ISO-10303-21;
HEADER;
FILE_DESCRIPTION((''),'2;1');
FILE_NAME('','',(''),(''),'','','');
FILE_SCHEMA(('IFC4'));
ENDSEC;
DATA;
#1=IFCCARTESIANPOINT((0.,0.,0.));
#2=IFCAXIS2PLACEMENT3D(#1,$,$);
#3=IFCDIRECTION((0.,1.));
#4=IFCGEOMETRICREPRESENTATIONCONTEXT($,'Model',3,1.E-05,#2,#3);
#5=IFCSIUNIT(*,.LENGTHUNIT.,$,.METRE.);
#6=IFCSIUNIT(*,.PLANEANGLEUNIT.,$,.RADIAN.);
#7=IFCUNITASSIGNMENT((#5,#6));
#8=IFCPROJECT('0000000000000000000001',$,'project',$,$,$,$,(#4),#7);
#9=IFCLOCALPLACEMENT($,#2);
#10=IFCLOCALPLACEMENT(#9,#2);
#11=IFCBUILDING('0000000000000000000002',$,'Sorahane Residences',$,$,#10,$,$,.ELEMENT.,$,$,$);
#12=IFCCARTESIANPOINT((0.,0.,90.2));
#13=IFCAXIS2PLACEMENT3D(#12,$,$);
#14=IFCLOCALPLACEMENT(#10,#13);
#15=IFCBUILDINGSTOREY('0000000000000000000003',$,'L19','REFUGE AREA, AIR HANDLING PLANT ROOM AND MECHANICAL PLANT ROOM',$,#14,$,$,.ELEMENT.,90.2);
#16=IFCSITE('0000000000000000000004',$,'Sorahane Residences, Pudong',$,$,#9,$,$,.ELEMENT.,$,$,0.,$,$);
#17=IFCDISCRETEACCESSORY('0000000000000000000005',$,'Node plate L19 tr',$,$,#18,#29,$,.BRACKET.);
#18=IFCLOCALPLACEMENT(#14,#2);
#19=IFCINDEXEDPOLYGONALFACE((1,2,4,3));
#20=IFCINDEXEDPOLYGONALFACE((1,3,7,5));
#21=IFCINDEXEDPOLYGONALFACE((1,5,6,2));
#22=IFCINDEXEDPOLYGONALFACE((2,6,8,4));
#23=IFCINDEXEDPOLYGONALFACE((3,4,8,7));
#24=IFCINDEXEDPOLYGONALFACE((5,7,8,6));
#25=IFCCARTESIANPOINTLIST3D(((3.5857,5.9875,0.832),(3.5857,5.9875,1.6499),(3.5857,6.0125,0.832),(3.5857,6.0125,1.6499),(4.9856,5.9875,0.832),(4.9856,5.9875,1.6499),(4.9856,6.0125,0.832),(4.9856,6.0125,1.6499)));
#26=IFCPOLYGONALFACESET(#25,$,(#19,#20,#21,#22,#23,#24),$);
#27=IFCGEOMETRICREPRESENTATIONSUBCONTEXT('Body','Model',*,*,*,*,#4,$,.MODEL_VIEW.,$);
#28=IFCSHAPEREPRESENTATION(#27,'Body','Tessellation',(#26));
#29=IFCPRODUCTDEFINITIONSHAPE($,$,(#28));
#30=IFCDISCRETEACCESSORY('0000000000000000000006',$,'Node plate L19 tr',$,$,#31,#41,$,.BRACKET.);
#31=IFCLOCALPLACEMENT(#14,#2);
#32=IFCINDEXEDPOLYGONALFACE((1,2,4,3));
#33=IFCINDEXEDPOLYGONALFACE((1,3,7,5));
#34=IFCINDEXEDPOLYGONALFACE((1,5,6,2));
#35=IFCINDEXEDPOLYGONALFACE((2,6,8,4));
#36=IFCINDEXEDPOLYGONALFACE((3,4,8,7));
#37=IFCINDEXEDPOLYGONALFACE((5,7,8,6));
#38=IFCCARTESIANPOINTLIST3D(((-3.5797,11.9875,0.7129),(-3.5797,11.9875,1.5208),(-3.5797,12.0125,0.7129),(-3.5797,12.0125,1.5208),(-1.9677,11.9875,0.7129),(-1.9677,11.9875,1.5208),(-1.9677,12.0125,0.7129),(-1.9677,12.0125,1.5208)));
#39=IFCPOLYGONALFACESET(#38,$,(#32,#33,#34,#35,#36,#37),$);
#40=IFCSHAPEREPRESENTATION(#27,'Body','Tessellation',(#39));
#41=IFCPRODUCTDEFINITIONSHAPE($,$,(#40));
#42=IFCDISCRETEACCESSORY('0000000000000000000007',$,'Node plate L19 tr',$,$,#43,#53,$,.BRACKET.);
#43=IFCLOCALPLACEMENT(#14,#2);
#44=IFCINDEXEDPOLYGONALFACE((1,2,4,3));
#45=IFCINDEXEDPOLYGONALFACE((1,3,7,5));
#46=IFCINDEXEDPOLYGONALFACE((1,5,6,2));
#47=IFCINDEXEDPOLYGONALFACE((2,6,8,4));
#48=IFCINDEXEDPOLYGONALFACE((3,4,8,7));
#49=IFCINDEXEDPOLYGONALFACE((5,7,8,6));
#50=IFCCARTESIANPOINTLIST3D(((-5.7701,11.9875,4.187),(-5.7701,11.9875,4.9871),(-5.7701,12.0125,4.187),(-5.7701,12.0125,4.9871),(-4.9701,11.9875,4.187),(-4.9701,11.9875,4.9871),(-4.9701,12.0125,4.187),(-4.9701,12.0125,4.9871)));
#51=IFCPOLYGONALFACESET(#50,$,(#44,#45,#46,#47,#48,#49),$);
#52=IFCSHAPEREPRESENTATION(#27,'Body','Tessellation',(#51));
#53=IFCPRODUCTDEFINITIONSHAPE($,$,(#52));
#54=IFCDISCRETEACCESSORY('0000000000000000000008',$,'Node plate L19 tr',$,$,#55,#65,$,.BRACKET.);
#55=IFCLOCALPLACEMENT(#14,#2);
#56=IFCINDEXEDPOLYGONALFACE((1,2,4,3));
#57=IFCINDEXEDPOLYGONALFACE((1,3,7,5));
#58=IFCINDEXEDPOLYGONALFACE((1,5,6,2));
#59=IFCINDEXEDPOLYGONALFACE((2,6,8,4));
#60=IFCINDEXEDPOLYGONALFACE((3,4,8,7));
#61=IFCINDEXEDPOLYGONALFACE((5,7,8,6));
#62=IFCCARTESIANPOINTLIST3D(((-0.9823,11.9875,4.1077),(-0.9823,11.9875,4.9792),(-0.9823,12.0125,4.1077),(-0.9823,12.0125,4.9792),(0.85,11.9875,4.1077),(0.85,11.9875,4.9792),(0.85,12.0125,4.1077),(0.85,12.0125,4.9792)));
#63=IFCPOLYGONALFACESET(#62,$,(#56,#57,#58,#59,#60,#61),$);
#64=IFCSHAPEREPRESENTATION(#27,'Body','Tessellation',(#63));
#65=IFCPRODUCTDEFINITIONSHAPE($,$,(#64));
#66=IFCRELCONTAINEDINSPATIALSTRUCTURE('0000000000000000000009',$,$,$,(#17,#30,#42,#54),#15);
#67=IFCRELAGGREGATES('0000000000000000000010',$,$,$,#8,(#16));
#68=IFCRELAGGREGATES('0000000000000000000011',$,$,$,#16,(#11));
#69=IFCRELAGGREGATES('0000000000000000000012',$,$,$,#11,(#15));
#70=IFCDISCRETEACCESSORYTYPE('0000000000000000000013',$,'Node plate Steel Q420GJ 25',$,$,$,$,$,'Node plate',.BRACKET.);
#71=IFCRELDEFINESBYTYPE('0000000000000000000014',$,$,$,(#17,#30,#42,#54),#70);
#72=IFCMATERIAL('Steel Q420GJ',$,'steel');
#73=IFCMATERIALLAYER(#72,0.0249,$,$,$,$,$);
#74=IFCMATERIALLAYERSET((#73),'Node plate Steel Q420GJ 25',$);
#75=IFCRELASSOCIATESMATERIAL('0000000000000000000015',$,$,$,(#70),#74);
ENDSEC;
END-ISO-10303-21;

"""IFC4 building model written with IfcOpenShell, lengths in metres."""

from ifc_helpers import new_model, si_unit, direction, frame, origin, origin_2d, place, context, subcontext, project, spatial, rectangle, extrude, material, layer, layer_set, type_object, element, save


model = new_model("IFC4")

# Units and contexts
model_context = context("Model", 3, precision=1e-05, world=origin(), true_north=direction((0.0, 1.0)))
body_context = subcontext(model_context, "Body", "Model", "MODEL_VIEW")
ifc_project = project(units=[si_unit("LENGTHUNIT", "METRE"), si_unit("PLANEANGLEUNIT", "RADIAN")], contexts=[model_context])

# Site, building, storey
site_placement = place(None, origin())
site = spatial("IfcSite", under=ifc_project, at=site_placement, Name="Sorahane Residences, Pudong", CompositionType="ELEMENT", RefElevation=0.0)
building_placement = place(site_placement, origin())
building = spatial("IfcBuilding", under=site, at=building_placement, Name="Sorahane Residences", CompositionType="ELEMENT")
storey_placement = place(building_placement, frame((0.0, 0.0, 90.2)))
storey = spatial("IfcBuildingStorey", under=building, at=storey_placement, Name="L19", Description="REFUGE AREA, AIR HANDLING PLANT ROOM AND MECHANICAL PLANT ROOM", CompositionType="ELEMENT", Elevation=90.2)

# Discrete accessories
ifc_material_1 = material(Name="Steel Q420GJ", Category="steel")
ifc_layer_1 = layer(ifc_material_1, 0.0249)
ifc_layer_set_1 = layer_set([ifc_layer_1], Name="Node plate Steel Q420GJ 25")
discrete_accessory_type_1 = type_object("IfcDiscreteAccessoryType", Name="Node plate Steel Q420GJ 25", ElementType="Node plate", PredefinedType="BRACKET", material=ifc_layer_set_1)
discrete_accessory_1_placement = place(storey_placement, frame((4.2856, 6.0, 0.832), z_axis=(0.0, 0.0, 1.0), x_axis=(1.0, 0.0, 0.0)))
element("IfcDiscreteAccessory", 1, at=discrete_accessory_1_placement, inside=storey, type_object=discrete_accessory_type_1, Name="Node plate L19 tr", PredefinedType="BRACKET", context=body_context, shape_type="SweptSolid", body=[
    extrude(rectangle(XDim=1.3999, YDim=0.0249, at=origin_2d()), origin(), (0.0, 0.0, 1.0), 0.8179),
])
discrete_accessory_2_placement = place(storey_placement, frame((-2.7737, 12.0, 0.7129), z_axis=(0.0, 0.0, 1.0), x_axis=(1.0, 0.0, 0.0)))
element("IfcDiscreteAccessory", 2, at=discrete_accessory_2_placement, inside=storey, type_object=discrete_accessory_type_1, Name="Node plate L19 tr", PredefinedType="BRACKET", context=body_context, shape_type="SweptSolid", body=[
    extrude(rectangle(XDim=1.6121, YDim=0.0249, at=origin_2d()), origin(), (0.0, 0.0, 1.0), 0.8079),
])
discrete_accessory_3_placement = place(storey_placement, frame((-5.3701, 12.0, 4.187), z_axis=(0.0, 0.0, 1.0), x_axis=(1.0, 0.0, 0.0)))
element("IfcDiscreteAccessory", 3, at=discrete_accessory_3_placement, inside=storey, type_object=discrete_accessory_type_1, Name="Node plate L19 tr", PredefinedType="BRACKET", context=body_context, shape_type="SweptSolid", body=[
    extrude(rectangle(XDim=0.8, YDim=0.0249, at=origin_2d()), origin(), (0.0, 0.0, 1.0), 0.8),
])
discrete_accessory_4_placement = place(storey_placement, frame((-0.0662, 12.0, 4.1077), z_axis=(0.0, 0.0, 1.0), x_axis=(1.0, 0.0, 0.0)))
element("IfcDiscreteAccessory", 4, at=discrete_accessory_4_placement, inside=storey, type_object=discrete_accessory_type_1, Name="Node plate L19 tr", PredefinedType="BRACKET", context=body_context, shape_type="SweptSolid", body=[
    extrude(rectangle(XDim=1.8323, YDim=0.0249, at=origin_2d()), origin(), (0.0, 0.0, 1.0), 0.8716),
])

save(model, "model.ifc")
